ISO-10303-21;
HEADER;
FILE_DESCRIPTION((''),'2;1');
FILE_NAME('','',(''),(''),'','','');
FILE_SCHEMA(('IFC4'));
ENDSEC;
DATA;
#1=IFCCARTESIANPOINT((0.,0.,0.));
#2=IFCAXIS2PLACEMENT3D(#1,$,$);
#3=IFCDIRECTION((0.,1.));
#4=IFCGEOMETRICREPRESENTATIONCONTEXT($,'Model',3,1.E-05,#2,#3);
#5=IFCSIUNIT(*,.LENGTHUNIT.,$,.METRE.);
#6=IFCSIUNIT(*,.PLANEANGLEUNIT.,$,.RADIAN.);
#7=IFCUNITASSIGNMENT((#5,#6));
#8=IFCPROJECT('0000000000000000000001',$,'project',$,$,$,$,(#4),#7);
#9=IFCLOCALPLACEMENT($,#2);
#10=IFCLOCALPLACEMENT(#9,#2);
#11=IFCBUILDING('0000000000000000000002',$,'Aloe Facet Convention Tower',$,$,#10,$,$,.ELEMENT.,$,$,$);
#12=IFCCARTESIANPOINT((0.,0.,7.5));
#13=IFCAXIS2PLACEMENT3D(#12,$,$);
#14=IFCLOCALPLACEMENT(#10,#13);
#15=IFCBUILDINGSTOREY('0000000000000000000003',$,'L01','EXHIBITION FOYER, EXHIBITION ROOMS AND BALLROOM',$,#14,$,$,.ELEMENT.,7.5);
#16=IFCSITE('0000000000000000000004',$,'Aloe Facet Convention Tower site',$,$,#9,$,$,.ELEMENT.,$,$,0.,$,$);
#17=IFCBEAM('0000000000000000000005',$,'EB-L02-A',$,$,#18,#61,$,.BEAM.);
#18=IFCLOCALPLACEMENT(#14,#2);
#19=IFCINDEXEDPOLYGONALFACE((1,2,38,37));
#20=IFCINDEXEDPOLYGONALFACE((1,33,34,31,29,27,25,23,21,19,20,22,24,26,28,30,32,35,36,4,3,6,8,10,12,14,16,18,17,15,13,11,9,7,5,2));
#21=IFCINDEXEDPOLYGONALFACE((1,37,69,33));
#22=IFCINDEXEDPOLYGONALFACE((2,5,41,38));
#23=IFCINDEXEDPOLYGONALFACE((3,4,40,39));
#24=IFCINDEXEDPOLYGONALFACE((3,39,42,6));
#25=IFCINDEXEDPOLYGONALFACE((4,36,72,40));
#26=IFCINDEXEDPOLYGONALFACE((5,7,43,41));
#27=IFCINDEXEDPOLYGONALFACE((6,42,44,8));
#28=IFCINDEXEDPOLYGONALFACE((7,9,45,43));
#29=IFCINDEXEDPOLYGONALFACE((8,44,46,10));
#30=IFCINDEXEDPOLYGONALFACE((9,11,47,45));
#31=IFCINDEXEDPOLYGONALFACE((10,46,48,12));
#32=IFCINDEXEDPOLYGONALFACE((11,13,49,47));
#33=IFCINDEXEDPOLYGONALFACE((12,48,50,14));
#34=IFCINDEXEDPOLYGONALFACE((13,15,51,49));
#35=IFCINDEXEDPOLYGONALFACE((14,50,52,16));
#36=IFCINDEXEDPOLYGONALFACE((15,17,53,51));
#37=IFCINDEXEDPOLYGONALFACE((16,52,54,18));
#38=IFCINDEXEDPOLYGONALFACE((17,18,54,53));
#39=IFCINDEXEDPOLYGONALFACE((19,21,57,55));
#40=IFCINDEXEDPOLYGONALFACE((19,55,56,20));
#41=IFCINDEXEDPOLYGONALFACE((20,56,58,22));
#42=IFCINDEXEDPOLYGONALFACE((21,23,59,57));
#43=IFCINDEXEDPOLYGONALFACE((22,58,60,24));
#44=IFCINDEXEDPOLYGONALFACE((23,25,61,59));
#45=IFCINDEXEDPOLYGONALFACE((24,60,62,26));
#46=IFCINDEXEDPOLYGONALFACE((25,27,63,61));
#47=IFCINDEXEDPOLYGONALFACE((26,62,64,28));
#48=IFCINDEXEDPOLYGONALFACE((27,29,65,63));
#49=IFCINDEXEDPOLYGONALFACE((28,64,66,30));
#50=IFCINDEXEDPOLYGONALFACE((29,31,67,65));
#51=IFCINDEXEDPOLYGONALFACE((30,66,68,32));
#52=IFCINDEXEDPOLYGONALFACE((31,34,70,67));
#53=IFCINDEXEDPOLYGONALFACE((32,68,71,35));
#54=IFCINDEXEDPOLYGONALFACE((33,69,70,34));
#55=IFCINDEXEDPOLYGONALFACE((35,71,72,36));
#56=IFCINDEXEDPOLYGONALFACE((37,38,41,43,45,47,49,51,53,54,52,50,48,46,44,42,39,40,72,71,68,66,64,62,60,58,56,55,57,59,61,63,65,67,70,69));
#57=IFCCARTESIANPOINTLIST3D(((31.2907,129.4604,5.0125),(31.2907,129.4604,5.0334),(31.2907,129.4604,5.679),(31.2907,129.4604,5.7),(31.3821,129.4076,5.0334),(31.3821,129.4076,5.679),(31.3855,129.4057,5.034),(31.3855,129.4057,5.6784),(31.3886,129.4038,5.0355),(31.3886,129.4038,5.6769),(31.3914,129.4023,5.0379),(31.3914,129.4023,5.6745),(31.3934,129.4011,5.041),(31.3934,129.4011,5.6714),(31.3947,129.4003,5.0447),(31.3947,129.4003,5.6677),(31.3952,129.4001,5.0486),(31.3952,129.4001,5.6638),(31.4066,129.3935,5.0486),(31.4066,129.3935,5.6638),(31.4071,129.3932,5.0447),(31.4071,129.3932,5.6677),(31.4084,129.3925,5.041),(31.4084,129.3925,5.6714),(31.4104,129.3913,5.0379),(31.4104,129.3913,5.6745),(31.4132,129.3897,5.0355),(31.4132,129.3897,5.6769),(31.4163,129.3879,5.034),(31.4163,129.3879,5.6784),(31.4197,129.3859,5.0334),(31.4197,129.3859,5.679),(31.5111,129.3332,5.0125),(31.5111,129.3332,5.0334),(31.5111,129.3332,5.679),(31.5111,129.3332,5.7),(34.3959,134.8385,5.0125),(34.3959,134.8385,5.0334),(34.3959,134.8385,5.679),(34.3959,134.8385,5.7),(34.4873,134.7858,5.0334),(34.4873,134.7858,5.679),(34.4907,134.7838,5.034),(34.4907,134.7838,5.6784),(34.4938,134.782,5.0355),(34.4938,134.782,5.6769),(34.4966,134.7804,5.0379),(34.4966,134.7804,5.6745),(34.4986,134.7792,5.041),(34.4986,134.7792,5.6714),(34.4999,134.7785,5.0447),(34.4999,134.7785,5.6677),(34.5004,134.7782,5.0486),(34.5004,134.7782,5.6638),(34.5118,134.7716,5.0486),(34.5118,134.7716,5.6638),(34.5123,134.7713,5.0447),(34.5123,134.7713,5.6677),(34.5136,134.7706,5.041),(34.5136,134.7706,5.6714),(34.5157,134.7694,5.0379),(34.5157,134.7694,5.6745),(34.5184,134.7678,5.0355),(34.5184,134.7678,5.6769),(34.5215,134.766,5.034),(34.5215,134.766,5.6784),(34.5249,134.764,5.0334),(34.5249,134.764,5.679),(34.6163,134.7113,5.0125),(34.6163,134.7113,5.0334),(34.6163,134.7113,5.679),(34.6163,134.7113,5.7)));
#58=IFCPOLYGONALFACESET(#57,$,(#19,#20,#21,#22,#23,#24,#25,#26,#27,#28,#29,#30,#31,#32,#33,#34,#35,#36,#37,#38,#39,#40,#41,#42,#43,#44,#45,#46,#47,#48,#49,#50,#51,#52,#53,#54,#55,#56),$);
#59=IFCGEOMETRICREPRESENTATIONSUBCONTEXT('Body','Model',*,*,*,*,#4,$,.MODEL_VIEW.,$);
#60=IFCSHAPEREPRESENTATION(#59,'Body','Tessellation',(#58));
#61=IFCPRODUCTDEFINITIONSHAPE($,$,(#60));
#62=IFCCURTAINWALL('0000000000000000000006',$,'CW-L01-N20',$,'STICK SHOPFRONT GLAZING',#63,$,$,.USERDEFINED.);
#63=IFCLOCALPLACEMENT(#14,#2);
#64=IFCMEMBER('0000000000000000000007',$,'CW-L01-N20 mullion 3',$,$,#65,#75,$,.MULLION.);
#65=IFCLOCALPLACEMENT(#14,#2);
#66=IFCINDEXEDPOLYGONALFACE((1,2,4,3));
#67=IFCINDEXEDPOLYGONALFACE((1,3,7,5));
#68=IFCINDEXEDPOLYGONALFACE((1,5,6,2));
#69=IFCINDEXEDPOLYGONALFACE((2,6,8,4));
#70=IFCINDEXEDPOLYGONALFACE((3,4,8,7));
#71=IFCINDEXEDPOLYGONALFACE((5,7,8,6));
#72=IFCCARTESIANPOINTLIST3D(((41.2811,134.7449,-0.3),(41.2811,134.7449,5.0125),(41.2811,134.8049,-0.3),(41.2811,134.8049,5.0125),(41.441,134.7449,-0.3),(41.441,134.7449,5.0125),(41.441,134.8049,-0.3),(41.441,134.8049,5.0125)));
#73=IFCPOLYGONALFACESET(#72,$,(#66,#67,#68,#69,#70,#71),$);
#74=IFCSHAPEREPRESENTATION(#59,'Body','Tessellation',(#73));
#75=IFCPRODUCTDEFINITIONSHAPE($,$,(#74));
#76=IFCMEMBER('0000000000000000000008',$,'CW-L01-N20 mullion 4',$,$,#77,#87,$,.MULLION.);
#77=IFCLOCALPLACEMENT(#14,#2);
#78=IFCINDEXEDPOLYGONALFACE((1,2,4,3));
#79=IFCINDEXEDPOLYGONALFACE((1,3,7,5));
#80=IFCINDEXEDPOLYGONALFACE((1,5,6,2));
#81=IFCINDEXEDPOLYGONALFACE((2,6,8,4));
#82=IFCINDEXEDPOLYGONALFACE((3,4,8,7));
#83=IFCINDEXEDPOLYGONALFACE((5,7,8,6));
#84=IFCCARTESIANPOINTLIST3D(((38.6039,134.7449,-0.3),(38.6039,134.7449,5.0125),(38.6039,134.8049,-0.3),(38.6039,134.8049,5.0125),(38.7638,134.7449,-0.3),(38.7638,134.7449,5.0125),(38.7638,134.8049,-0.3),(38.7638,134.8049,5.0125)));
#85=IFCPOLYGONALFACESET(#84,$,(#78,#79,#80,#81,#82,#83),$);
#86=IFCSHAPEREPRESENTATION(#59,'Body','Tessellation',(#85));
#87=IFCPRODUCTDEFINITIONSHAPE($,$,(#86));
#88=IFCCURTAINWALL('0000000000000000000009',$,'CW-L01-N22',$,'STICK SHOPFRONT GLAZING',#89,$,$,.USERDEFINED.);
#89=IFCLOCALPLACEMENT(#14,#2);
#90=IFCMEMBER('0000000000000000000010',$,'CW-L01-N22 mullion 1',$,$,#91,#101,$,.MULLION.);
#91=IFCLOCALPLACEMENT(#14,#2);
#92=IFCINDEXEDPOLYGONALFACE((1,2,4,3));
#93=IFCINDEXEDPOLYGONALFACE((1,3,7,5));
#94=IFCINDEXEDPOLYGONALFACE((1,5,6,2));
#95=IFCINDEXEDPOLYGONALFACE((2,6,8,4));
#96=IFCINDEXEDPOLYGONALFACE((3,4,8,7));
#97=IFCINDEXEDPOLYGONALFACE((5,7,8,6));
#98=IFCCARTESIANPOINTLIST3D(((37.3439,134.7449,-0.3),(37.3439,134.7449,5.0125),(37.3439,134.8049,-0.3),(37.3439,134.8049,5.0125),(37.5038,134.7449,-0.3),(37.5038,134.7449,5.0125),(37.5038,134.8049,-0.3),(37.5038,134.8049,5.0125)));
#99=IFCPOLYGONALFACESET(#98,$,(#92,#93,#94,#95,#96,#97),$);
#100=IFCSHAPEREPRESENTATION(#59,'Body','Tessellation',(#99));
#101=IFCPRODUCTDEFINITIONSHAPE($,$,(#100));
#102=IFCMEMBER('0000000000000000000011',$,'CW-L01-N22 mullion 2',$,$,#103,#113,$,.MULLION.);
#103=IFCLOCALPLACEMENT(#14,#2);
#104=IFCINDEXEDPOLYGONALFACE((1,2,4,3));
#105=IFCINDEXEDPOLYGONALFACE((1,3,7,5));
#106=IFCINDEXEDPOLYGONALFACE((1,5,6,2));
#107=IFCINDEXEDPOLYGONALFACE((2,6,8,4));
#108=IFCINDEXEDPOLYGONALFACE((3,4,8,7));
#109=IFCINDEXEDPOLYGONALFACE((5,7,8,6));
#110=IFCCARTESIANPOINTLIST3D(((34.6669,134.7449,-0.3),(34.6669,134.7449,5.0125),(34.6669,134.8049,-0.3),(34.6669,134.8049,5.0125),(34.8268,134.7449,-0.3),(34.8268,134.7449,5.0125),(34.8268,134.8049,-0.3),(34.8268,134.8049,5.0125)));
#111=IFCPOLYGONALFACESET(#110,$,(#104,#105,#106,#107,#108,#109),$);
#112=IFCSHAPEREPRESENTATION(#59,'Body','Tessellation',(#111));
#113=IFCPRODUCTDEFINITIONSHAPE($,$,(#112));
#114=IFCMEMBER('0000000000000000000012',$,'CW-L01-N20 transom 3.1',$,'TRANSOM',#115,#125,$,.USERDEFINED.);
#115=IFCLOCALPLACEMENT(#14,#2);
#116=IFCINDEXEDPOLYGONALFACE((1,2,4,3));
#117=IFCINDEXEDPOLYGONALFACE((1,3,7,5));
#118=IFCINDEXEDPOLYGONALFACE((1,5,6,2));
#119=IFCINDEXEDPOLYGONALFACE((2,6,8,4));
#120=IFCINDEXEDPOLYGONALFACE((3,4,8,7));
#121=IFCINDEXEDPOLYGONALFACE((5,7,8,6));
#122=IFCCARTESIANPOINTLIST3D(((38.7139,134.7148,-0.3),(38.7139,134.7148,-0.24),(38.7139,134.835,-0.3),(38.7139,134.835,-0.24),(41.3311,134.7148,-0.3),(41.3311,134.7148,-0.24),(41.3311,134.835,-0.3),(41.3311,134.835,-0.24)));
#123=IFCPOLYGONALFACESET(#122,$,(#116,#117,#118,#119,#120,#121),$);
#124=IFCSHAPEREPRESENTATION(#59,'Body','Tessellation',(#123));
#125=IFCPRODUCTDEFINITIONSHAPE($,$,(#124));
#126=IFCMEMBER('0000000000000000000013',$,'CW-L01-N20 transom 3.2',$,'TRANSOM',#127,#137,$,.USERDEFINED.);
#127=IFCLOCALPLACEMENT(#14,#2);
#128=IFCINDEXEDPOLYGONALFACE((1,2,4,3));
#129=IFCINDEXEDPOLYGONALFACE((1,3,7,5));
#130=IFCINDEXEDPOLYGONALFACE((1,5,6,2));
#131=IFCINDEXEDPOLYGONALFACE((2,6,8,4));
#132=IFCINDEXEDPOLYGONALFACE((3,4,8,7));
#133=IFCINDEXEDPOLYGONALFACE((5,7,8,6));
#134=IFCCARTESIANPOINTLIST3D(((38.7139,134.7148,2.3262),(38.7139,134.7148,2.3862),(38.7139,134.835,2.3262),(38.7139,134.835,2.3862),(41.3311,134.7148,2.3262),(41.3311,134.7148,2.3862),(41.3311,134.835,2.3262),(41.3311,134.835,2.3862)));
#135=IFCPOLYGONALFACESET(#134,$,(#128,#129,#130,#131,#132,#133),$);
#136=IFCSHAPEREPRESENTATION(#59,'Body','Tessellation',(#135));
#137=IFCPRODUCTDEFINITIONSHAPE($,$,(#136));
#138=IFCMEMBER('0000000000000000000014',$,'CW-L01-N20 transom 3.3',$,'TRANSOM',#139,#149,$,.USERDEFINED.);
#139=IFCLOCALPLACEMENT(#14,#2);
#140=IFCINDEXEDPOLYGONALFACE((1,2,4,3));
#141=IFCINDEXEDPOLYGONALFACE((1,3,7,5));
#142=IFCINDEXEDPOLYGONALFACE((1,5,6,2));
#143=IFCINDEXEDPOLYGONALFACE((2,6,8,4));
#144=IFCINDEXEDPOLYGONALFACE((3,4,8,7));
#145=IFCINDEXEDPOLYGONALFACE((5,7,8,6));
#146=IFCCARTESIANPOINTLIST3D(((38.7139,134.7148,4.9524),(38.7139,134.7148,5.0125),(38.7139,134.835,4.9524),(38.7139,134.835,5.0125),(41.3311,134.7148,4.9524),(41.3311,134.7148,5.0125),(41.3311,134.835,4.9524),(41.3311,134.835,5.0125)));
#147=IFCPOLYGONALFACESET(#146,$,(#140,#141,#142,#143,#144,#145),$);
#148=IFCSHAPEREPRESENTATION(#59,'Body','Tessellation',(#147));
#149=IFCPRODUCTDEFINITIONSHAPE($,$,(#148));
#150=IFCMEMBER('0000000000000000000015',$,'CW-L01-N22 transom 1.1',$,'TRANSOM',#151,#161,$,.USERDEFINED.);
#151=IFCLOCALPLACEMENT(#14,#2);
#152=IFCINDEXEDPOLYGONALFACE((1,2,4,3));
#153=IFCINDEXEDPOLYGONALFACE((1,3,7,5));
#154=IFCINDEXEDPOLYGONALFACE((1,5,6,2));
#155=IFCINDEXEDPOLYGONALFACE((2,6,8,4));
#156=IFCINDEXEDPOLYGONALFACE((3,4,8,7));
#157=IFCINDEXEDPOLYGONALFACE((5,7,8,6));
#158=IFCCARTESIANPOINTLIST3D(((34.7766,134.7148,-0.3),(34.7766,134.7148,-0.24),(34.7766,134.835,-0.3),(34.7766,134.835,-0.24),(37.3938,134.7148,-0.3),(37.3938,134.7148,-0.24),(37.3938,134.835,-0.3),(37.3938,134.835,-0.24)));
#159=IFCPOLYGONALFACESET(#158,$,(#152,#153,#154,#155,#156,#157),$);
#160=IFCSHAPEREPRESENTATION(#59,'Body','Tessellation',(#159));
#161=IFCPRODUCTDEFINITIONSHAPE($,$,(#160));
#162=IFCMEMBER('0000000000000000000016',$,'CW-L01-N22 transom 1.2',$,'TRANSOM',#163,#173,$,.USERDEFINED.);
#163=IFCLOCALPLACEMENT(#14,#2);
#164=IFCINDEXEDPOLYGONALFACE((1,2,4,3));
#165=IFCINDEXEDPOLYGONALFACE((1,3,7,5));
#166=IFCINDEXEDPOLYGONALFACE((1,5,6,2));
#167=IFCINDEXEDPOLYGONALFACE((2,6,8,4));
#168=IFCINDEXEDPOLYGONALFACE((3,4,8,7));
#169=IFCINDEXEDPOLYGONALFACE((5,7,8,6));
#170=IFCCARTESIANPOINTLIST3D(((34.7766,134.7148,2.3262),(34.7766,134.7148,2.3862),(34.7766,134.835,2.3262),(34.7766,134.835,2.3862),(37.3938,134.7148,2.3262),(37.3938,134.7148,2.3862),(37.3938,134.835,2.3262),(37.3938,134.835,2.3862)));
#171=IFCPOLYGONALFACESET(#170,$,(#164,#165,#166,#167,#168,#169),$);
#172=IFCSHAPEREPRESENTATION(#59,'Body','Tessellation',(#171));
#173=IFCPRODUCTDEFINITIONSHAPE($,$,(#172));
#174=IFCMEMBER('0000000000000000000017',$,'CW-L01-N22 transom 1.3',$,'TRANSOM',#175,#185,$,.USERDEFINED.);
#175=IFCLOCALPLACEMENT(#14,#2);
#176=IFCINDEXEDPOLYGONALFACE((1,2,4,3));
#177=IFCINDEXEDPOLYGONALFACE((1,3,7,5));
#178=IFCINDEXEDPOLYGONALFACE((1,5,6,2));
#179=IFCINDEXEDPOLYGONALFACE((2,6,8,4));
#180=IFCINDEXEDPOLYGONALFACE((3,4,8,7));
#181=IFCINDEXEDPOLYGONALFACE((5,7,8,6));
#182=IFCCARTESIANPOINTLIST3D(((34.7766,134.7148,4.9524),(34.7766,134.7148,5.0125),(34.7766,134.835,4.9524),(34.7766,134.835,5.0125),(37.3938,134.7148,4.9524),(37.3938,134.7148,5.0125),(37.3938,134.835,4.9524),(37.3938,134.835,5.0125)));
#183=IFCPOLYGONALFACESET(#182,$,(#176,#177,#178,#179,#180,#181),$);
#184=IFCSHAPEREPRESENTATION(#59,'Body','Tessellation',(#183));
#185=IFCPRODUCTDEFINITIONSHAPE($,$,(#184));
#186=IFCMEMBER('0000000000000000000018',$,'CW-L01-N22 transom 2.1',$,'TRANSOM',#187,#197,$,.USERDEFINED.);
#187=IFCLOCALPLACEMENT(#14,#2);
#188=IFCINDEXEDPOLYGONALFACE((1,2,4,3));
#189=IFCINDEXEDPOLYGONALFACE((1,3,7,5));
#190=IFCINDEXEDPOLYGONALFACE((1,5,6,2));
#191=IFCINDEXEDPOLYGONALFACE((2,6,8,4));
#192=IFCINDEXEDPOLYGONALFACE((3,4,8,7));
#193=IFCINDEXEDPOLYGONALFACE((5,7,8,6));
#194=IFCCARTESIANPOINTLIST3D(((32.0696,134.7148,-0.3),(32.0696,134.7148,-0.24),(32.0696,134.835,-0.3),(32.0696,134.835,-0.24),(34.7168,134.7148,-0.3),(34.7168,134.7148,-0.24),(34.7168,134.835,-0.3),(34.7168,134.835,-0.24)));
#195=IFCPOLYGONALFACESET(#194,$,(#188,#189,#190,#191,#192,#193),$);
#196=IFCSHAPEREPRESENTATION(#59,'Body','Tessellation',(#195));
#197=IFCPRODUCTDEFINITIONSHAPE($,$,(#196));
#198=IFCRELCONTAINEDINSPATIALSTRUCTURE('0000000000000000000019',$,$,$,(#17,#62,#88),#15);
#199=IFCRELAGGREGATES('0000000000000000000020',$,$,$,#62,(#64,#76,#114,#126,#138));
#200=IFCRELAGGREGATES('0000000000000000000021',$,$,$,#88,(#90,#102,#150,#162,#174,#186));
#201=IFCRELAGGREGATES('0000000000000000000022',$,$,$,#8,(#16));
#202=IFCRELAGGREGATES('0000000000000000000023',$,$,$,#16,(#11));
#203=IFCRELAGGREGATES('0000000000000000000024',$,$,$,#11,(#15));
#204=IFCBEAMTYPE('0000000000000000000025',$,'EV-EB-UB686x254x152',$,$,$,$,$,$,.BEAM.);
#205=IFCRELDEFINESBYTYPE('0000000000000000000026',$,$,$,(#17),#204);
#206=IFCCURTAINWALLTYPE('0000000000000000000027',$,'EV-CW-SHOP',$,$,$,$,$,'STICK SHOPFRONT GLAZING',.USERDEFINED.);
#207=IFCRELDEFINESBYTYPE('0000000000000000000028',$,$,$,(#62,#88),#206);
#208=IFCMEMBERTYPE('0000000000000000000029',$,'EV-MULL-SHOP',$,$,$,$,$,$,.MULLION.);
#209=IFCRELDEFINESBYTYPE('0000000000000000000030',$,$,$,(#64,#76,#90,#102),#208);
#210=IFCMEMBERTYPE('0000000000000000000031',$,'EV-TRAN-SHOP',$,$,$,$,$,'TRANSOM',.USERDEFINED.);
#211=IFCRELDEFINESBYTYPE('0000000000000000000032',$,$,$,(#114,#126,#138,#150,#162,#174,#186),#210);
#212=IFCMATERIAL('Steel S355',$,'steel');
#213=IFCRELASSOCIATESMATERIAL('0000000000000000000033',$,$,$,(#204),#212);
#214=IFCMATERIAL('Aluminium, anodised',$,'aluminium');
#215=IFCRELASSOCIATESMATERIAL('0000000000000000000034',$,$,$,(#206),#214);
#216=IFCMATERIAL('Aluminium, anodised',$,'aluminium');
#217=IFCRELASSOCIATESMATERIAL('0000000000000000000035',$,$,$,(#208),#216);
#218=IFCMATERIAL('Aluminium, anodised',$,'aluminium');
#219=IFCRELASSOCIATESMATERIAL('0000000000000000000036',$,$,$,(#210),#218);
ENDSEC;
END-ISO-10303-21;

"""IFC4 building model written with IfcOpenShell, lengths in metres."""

from ifc_helpers import new_model, si_unit, direction, frame, origin, origin_2d, place, context, subcontext, project, spatial, rectangle, i_section, extrude, material, material_profile, profile_set, type_object, element, aggregate, save


model = new_model("IFC4")

# Units and contexts
model_context = context("Model", 3, precision=1e-05, world=origin(), true_north=direction((0.0, 1.0)))
body_context = subcontext(model_context, "Body", "Model", "MODEL_VIEW")
ifc_project = project(units=[si_unit("LENGTHUNIT", "METRE"), si_unit("PLANEANGLEUNIT", "RADIAN")], contexts=[model_context])

# Site, building, storey
site_placement = place(None, origin())
site = spatial("IfcSite", under=ifc_project, at=site_placement, Name="Aloe Facet Convention Tower site", CompositionType="ELEMENT", RefElevation=0.0)
building_placement = place(site_placement, origin())
building = spatial("IfcBuilding", under=site, at=building_placement, Name="Aloe Facet Convention Tower", CompositionType="ELEMENT")
storey_placement = place(building_placement, frame((0.0, 0.0, 7.5)))
storey = spatial("IfcBuildingStorey", under=building, at=storey_placement, Name="L01", Description="EXHIBITION FOYER, EXHIBITION ROOMS AND BALLROOM", CompositionType="ELEMENT", Elevation=7.5)

# Beam
ifc_material_1 = material(Name="Steel S355", Category="steel")
ifc_material_profile_1 = material_profile(ifc_material_1, i_section(OverallWidth=0.2544, OverallDepth=0.6875, WebThickness=0.0132, FlangeThickness=0.021, FilletRadius=0.0151, at=origin_2d()), Name="UB 686x254x152")
ifc_profile_set_1 = profile_set([ifc_material_profile_1], Name="Steel S355")
beam_type_1 = type_object("IfcBeamType", Name="EV-EB-UB686x254x152", PredefinedType="BEAM", material=ifc_profile_set_1)
beam_1_placement = place(storey_placement, frame((34.5061, 134.7749, 5.3562), z_axis=(-0.500016, -0.866016, 0.0), x_axis=(0.866016, -0.500016, 0.0)))
element("IfcBeam", 1, at=beam_1_placement, inside=storey, type_object=beam_type_1, Name="EB-L02-A", PredefinedType="BEAM", context=body_context, shape_type="SweptSolid", body=[
    extrude(i_section(OverallWidth=0.2544, OverallDepth=0.6875, WebThickness=0.0132, FlangeThickness=0.021, FilletRadius=0.0151, at=origin_2d()), origin(), (0.0, 0.0, 1.0), 6.2102),
])

# Curtain walls, members
ifc_material_2 = material(Name="Aluminium, anodised", Category="aluminium")
curtain_wall_type = type_object("IfcCurtainWallType", Name="EV-CW-SHOP", ElementType="STICK SHOPFRONT GLAZING", PredefinedType="USERDEFINED", material=ifc_material_2)
curtain_wall_1_placement = place(storey_placement, origin())
curtain_wall_1 = element("IfcCurtainWall", 2, at=curtain_wall_1_placement, inside=storey, type_object=curtain_wall_type, Name="CW-L01-N20", ObjectType="STICK SHOPFRONT GLAZING", PredefinedType="USERDEFINED")
ifc_material_3 = material(Name="Aluminium, anodised", Category="aluminium")
ifc_material_profile_2 = material_profile(ifc_material_3, rectangle(XDim=0.0601, YDim=0.1599, at=origin_2d()), Name="AL 60x160")
ifc_profile_set_2 = profile_set([ifc_material_profile_2], Name="Aluminium, anodised")
member_type_1 = type_object("IfcMemberType", Name="EV-MULL-SHOP", PredefinedType="MULLION", material=ifc_profile_set_2)
member_1_placement = place(storey_placement, frame((41.3611, 134.7749, -0.3), z_axis=(0.0, 0.0, 1.0), x_axis=(0.0, -1.0, 0.0)))
member_1 = element("IfcMember", 3, at=member_1_placement, type_object=member_type_1, Name="CW-L01-N20 mullion 3", PredefinedType="MULLION", context=body_context, shape_type="SweptSolid", body=[
    extrude(rectangle(XDim=0.0601, YDim=0.1599, at=origin_2d()), origin(), (0.0, 0.0, 1.0), 5.3125),
])
member_2_placement = place(storey_placement, frame((38.6838, 134.7749, -0.3), z_axis=(0.0, 0.0, 1.0), x_axis=(0.0, -1.0, 0.0)))
member_2 = element("IfcMember", 4, at=member_2_placement, type_object=member_type_1, Name="CW-L01-N20 mullion 4", PredefinedType="MULLION", context=body_context, shape_type="SweptSolid", body=[
    extrude(rectangle(XDim=0.0601, YDim=0.1599, at=origin_2d()), origin(), (0.0, 0.0, 1.0), 5.3125),
])
curtain_wall_2_placement = place(storey_placement, origin())
curtain_wall_2 = element("IfcCurtainWall", 5, at=curtain_wall_2_placement, inside=storey, type_object=curtain_wall_type, Name="CW-L01-N22", ObjectType="STICK SHOPFRONT GLAZING", PredefinedType="USERDEFINED")
member_3_placement = place(storey_placement, frame((37.4238, 134.7749, -0.3), z_axis=(0.0, 0.0, 1.0), x_axis=(0.0, -1.0, 0.0)))
member_3 = element("IfcMember", 6, at=member_3_placement, type_object=member_type_1, Name="CW-L01-N22 mullion 1", PredefinedType="MULLION", context=body_context, shape_type="SweptSolid", body=[
    extrude(rectangle(XDim=0.0601, YDim=0.1599, at=origin_2d()), origin(), (0.0, 0.0, 1.0), 5.3125),
])
member_4_placement = place(storey_placement, frame((34.7468, 134.7749, -0.3), z_axis=(0.0, 0.0, 1.0), x_axis=(0.0, -1.0, 0.0)))
member_4 = element("IfcMember", 7, at=member_4_placement, type_object=member_type_1, Name="CW-L01-N22 mullion 2", PredefinedType="MULLION", context=body_context, shape_type="SweptSolid", body=[
    extrude(rectangle(XDim=0.0601, YDim=0.1599, at=origin_2d()), origin(), (0.0, 0.0, 1.0), 5.3125),
])

# Members
ifc_material_4 = material(Name="Aluminium, anodised", Category="aluminium")
ifc_material_profile_3 = material_profile(ifc_material_4, rectangle(XDim=0.1201, YDim=0.0601, at=origin_2d()), Name="AL 120x60")
ifc_profile_set_3 = profile_set([ifc_material_profile_3], Name="Aluminium, anodised")
member_type_2 = type_object("IfcMemberType", Name="EV-TRAN-SHOP", ElementType="TRANSOM", PredefinedType="USERDEFINED", material=ifc_profile_set_3)
member_5_placement = place(storey_placement, frame((41.3311, 134.7749, -0.27), z_axis=(-1.0, 0.0, 0.0), x_axis=(0.0, -1.0, 0.0)))
member_5 = element("IfcMember", 8, at=member_5_placement, type_object=member_type_2, Name="CW-L01-N20 transom 3.1", ObjectType="TRANSOM", PredefinedType="USERDEFINED", context=body_context, shape_type="SweptSolid", body=[
    extrude(rectangle(XDim=0.1201, YDim=0.0601, at=origin_2d()), origin(), (0.0, 0.0, 1.0), 2.6172),
])
member_6_placement = place(storey_placement, frame((41.3311, 134.7749, 2.3562), z_axis=(-1.0, 0.0, 0.0), x_axis=(0.0, -1.0, 0.0)))
member_6 = element("IfcMember", 9, at=member_6_placement, type_object=member_type_2, Name="CW-L01-N20 transom 3.2", ObjectType="TRANSOM", PredefinedType="USERDEFINED", context=body_context, shape_type="SweptSolid", body=[
    extrude(rectangle(XDim=0.1201, YDim=0.0601, at=origin_2d()), origin(), (0.0, 0.0, 1.0), 2.6172),
])
member_7_placement = place(storey_placement, frame((41.3311, 134.7749, 4.9824), z_axis=(-1.0, 0.0, 0.0), x_axis=(0.0, -1.0, 0.0)))
member_7 = element("IfcMember", 10, at=member_7_placement, type_object=member_type_2, Name="CW-L01-N20 transom 3.3", ObjectType="TRANSOM", PredefinedType="USERDEFINED", context=body_context, shape_type="SweptSolid", body=[
    extrude(rectangle(XDim=0.1201, YDim=0.0601, at=origin_2d()), origin(), (0.0, 0.0, 1.0), 2.6172),
])
member_8_placement = place(storey_placement, frame((37.3938, 134.7749, -0.27), z_axis=(-1.0, 0.0, 0.0), x_axis=(0.0, -1.0, 0.0)))
member_8 = element("IfcMember", 11, at=member_8_placement, type_object=member_type_2, Name="CW-L01-N22 transom 1.1", ObjectType="TRANSOM", PredefinedType="USERDEFINED", context=body_context, shape_type="SweptSolid", body=[
    extrude(rectangle(XDim=0.1201, YDim=0.0601, at=origin_2d()), origin(), (0.0, 0.0, 1.0), 2.6172),
])
member_9_placement = place(storey_placement, frame((37.3938, 134.7749, 2.3562), z_axis=(-1.0, 0.0, 0.0), x_axis=(0.0, -1.0, 0.0)))
member_9 = element("IfcMember", 12, at=member_9_placement, type_object=member_type_2, Name="CW-L01-N22 transom 1.2", ObjectType="TRANSOM", PredefinedType="USERDEFINED", context=body_context, shape_type="SweptSolid", body=[
    extrude(rectangle(XDim=0.1201, YDim=0.0601, at=origin_2d()), origin(), (0.0, 0.0, 1.0), 2.6172),
])
member_10_placement = place(storey_placement, frame((37.3938, 134.7749, 4.9824), z_axis=(-1.0, 0.0, 0.0), x_axis=(0.0, -1.0, 0.0)))
member_10 = element("IfcMember", 13, at=member_10_placement, type_object=member_type_2, Name="CW-L01-N22 transom 1.3", ObjectType="TRANSOM", PredefinedType="USERDEFINED", context=body_context, shape_type="SweptSolid", body=[
    extrude(rectangle(XDim=0.1201, YDim=0.0601, at=origin_2d()), origin(), (0.0, 0.0, 1.0), 2.6172),
])
member_11_placement = place(storey_placement, frame((34.7168, 134.7749, -0.27), z_axis=(-1.0, 0.0, 0.0), x_axis=(0.0, -1.0, 0.0)))
member_11 = element("IfcMember", 14, at=member_11_placement, type_object=member_type_2, Name="CW-L01-N22 transom 2.1", ObjectType="TRANSOM", PredefinedType="USERDEFINED", context=body_context, shape_type="SweptSolid", body=[
    extrude(rectangle(XDim=0.1201, YDim=0.0601, at=origin_2d()), origin(), (0.0, 0.0, 1.0), 2.6472),
])

aggregate(curtain_wall_1, [member_1, member_2, member_5, member_6, member_7])
aggregate(curtain_wall_2, [member_3, member_4, member_8, member_9, member_10, member_11])

save(model, "model.ifc")
